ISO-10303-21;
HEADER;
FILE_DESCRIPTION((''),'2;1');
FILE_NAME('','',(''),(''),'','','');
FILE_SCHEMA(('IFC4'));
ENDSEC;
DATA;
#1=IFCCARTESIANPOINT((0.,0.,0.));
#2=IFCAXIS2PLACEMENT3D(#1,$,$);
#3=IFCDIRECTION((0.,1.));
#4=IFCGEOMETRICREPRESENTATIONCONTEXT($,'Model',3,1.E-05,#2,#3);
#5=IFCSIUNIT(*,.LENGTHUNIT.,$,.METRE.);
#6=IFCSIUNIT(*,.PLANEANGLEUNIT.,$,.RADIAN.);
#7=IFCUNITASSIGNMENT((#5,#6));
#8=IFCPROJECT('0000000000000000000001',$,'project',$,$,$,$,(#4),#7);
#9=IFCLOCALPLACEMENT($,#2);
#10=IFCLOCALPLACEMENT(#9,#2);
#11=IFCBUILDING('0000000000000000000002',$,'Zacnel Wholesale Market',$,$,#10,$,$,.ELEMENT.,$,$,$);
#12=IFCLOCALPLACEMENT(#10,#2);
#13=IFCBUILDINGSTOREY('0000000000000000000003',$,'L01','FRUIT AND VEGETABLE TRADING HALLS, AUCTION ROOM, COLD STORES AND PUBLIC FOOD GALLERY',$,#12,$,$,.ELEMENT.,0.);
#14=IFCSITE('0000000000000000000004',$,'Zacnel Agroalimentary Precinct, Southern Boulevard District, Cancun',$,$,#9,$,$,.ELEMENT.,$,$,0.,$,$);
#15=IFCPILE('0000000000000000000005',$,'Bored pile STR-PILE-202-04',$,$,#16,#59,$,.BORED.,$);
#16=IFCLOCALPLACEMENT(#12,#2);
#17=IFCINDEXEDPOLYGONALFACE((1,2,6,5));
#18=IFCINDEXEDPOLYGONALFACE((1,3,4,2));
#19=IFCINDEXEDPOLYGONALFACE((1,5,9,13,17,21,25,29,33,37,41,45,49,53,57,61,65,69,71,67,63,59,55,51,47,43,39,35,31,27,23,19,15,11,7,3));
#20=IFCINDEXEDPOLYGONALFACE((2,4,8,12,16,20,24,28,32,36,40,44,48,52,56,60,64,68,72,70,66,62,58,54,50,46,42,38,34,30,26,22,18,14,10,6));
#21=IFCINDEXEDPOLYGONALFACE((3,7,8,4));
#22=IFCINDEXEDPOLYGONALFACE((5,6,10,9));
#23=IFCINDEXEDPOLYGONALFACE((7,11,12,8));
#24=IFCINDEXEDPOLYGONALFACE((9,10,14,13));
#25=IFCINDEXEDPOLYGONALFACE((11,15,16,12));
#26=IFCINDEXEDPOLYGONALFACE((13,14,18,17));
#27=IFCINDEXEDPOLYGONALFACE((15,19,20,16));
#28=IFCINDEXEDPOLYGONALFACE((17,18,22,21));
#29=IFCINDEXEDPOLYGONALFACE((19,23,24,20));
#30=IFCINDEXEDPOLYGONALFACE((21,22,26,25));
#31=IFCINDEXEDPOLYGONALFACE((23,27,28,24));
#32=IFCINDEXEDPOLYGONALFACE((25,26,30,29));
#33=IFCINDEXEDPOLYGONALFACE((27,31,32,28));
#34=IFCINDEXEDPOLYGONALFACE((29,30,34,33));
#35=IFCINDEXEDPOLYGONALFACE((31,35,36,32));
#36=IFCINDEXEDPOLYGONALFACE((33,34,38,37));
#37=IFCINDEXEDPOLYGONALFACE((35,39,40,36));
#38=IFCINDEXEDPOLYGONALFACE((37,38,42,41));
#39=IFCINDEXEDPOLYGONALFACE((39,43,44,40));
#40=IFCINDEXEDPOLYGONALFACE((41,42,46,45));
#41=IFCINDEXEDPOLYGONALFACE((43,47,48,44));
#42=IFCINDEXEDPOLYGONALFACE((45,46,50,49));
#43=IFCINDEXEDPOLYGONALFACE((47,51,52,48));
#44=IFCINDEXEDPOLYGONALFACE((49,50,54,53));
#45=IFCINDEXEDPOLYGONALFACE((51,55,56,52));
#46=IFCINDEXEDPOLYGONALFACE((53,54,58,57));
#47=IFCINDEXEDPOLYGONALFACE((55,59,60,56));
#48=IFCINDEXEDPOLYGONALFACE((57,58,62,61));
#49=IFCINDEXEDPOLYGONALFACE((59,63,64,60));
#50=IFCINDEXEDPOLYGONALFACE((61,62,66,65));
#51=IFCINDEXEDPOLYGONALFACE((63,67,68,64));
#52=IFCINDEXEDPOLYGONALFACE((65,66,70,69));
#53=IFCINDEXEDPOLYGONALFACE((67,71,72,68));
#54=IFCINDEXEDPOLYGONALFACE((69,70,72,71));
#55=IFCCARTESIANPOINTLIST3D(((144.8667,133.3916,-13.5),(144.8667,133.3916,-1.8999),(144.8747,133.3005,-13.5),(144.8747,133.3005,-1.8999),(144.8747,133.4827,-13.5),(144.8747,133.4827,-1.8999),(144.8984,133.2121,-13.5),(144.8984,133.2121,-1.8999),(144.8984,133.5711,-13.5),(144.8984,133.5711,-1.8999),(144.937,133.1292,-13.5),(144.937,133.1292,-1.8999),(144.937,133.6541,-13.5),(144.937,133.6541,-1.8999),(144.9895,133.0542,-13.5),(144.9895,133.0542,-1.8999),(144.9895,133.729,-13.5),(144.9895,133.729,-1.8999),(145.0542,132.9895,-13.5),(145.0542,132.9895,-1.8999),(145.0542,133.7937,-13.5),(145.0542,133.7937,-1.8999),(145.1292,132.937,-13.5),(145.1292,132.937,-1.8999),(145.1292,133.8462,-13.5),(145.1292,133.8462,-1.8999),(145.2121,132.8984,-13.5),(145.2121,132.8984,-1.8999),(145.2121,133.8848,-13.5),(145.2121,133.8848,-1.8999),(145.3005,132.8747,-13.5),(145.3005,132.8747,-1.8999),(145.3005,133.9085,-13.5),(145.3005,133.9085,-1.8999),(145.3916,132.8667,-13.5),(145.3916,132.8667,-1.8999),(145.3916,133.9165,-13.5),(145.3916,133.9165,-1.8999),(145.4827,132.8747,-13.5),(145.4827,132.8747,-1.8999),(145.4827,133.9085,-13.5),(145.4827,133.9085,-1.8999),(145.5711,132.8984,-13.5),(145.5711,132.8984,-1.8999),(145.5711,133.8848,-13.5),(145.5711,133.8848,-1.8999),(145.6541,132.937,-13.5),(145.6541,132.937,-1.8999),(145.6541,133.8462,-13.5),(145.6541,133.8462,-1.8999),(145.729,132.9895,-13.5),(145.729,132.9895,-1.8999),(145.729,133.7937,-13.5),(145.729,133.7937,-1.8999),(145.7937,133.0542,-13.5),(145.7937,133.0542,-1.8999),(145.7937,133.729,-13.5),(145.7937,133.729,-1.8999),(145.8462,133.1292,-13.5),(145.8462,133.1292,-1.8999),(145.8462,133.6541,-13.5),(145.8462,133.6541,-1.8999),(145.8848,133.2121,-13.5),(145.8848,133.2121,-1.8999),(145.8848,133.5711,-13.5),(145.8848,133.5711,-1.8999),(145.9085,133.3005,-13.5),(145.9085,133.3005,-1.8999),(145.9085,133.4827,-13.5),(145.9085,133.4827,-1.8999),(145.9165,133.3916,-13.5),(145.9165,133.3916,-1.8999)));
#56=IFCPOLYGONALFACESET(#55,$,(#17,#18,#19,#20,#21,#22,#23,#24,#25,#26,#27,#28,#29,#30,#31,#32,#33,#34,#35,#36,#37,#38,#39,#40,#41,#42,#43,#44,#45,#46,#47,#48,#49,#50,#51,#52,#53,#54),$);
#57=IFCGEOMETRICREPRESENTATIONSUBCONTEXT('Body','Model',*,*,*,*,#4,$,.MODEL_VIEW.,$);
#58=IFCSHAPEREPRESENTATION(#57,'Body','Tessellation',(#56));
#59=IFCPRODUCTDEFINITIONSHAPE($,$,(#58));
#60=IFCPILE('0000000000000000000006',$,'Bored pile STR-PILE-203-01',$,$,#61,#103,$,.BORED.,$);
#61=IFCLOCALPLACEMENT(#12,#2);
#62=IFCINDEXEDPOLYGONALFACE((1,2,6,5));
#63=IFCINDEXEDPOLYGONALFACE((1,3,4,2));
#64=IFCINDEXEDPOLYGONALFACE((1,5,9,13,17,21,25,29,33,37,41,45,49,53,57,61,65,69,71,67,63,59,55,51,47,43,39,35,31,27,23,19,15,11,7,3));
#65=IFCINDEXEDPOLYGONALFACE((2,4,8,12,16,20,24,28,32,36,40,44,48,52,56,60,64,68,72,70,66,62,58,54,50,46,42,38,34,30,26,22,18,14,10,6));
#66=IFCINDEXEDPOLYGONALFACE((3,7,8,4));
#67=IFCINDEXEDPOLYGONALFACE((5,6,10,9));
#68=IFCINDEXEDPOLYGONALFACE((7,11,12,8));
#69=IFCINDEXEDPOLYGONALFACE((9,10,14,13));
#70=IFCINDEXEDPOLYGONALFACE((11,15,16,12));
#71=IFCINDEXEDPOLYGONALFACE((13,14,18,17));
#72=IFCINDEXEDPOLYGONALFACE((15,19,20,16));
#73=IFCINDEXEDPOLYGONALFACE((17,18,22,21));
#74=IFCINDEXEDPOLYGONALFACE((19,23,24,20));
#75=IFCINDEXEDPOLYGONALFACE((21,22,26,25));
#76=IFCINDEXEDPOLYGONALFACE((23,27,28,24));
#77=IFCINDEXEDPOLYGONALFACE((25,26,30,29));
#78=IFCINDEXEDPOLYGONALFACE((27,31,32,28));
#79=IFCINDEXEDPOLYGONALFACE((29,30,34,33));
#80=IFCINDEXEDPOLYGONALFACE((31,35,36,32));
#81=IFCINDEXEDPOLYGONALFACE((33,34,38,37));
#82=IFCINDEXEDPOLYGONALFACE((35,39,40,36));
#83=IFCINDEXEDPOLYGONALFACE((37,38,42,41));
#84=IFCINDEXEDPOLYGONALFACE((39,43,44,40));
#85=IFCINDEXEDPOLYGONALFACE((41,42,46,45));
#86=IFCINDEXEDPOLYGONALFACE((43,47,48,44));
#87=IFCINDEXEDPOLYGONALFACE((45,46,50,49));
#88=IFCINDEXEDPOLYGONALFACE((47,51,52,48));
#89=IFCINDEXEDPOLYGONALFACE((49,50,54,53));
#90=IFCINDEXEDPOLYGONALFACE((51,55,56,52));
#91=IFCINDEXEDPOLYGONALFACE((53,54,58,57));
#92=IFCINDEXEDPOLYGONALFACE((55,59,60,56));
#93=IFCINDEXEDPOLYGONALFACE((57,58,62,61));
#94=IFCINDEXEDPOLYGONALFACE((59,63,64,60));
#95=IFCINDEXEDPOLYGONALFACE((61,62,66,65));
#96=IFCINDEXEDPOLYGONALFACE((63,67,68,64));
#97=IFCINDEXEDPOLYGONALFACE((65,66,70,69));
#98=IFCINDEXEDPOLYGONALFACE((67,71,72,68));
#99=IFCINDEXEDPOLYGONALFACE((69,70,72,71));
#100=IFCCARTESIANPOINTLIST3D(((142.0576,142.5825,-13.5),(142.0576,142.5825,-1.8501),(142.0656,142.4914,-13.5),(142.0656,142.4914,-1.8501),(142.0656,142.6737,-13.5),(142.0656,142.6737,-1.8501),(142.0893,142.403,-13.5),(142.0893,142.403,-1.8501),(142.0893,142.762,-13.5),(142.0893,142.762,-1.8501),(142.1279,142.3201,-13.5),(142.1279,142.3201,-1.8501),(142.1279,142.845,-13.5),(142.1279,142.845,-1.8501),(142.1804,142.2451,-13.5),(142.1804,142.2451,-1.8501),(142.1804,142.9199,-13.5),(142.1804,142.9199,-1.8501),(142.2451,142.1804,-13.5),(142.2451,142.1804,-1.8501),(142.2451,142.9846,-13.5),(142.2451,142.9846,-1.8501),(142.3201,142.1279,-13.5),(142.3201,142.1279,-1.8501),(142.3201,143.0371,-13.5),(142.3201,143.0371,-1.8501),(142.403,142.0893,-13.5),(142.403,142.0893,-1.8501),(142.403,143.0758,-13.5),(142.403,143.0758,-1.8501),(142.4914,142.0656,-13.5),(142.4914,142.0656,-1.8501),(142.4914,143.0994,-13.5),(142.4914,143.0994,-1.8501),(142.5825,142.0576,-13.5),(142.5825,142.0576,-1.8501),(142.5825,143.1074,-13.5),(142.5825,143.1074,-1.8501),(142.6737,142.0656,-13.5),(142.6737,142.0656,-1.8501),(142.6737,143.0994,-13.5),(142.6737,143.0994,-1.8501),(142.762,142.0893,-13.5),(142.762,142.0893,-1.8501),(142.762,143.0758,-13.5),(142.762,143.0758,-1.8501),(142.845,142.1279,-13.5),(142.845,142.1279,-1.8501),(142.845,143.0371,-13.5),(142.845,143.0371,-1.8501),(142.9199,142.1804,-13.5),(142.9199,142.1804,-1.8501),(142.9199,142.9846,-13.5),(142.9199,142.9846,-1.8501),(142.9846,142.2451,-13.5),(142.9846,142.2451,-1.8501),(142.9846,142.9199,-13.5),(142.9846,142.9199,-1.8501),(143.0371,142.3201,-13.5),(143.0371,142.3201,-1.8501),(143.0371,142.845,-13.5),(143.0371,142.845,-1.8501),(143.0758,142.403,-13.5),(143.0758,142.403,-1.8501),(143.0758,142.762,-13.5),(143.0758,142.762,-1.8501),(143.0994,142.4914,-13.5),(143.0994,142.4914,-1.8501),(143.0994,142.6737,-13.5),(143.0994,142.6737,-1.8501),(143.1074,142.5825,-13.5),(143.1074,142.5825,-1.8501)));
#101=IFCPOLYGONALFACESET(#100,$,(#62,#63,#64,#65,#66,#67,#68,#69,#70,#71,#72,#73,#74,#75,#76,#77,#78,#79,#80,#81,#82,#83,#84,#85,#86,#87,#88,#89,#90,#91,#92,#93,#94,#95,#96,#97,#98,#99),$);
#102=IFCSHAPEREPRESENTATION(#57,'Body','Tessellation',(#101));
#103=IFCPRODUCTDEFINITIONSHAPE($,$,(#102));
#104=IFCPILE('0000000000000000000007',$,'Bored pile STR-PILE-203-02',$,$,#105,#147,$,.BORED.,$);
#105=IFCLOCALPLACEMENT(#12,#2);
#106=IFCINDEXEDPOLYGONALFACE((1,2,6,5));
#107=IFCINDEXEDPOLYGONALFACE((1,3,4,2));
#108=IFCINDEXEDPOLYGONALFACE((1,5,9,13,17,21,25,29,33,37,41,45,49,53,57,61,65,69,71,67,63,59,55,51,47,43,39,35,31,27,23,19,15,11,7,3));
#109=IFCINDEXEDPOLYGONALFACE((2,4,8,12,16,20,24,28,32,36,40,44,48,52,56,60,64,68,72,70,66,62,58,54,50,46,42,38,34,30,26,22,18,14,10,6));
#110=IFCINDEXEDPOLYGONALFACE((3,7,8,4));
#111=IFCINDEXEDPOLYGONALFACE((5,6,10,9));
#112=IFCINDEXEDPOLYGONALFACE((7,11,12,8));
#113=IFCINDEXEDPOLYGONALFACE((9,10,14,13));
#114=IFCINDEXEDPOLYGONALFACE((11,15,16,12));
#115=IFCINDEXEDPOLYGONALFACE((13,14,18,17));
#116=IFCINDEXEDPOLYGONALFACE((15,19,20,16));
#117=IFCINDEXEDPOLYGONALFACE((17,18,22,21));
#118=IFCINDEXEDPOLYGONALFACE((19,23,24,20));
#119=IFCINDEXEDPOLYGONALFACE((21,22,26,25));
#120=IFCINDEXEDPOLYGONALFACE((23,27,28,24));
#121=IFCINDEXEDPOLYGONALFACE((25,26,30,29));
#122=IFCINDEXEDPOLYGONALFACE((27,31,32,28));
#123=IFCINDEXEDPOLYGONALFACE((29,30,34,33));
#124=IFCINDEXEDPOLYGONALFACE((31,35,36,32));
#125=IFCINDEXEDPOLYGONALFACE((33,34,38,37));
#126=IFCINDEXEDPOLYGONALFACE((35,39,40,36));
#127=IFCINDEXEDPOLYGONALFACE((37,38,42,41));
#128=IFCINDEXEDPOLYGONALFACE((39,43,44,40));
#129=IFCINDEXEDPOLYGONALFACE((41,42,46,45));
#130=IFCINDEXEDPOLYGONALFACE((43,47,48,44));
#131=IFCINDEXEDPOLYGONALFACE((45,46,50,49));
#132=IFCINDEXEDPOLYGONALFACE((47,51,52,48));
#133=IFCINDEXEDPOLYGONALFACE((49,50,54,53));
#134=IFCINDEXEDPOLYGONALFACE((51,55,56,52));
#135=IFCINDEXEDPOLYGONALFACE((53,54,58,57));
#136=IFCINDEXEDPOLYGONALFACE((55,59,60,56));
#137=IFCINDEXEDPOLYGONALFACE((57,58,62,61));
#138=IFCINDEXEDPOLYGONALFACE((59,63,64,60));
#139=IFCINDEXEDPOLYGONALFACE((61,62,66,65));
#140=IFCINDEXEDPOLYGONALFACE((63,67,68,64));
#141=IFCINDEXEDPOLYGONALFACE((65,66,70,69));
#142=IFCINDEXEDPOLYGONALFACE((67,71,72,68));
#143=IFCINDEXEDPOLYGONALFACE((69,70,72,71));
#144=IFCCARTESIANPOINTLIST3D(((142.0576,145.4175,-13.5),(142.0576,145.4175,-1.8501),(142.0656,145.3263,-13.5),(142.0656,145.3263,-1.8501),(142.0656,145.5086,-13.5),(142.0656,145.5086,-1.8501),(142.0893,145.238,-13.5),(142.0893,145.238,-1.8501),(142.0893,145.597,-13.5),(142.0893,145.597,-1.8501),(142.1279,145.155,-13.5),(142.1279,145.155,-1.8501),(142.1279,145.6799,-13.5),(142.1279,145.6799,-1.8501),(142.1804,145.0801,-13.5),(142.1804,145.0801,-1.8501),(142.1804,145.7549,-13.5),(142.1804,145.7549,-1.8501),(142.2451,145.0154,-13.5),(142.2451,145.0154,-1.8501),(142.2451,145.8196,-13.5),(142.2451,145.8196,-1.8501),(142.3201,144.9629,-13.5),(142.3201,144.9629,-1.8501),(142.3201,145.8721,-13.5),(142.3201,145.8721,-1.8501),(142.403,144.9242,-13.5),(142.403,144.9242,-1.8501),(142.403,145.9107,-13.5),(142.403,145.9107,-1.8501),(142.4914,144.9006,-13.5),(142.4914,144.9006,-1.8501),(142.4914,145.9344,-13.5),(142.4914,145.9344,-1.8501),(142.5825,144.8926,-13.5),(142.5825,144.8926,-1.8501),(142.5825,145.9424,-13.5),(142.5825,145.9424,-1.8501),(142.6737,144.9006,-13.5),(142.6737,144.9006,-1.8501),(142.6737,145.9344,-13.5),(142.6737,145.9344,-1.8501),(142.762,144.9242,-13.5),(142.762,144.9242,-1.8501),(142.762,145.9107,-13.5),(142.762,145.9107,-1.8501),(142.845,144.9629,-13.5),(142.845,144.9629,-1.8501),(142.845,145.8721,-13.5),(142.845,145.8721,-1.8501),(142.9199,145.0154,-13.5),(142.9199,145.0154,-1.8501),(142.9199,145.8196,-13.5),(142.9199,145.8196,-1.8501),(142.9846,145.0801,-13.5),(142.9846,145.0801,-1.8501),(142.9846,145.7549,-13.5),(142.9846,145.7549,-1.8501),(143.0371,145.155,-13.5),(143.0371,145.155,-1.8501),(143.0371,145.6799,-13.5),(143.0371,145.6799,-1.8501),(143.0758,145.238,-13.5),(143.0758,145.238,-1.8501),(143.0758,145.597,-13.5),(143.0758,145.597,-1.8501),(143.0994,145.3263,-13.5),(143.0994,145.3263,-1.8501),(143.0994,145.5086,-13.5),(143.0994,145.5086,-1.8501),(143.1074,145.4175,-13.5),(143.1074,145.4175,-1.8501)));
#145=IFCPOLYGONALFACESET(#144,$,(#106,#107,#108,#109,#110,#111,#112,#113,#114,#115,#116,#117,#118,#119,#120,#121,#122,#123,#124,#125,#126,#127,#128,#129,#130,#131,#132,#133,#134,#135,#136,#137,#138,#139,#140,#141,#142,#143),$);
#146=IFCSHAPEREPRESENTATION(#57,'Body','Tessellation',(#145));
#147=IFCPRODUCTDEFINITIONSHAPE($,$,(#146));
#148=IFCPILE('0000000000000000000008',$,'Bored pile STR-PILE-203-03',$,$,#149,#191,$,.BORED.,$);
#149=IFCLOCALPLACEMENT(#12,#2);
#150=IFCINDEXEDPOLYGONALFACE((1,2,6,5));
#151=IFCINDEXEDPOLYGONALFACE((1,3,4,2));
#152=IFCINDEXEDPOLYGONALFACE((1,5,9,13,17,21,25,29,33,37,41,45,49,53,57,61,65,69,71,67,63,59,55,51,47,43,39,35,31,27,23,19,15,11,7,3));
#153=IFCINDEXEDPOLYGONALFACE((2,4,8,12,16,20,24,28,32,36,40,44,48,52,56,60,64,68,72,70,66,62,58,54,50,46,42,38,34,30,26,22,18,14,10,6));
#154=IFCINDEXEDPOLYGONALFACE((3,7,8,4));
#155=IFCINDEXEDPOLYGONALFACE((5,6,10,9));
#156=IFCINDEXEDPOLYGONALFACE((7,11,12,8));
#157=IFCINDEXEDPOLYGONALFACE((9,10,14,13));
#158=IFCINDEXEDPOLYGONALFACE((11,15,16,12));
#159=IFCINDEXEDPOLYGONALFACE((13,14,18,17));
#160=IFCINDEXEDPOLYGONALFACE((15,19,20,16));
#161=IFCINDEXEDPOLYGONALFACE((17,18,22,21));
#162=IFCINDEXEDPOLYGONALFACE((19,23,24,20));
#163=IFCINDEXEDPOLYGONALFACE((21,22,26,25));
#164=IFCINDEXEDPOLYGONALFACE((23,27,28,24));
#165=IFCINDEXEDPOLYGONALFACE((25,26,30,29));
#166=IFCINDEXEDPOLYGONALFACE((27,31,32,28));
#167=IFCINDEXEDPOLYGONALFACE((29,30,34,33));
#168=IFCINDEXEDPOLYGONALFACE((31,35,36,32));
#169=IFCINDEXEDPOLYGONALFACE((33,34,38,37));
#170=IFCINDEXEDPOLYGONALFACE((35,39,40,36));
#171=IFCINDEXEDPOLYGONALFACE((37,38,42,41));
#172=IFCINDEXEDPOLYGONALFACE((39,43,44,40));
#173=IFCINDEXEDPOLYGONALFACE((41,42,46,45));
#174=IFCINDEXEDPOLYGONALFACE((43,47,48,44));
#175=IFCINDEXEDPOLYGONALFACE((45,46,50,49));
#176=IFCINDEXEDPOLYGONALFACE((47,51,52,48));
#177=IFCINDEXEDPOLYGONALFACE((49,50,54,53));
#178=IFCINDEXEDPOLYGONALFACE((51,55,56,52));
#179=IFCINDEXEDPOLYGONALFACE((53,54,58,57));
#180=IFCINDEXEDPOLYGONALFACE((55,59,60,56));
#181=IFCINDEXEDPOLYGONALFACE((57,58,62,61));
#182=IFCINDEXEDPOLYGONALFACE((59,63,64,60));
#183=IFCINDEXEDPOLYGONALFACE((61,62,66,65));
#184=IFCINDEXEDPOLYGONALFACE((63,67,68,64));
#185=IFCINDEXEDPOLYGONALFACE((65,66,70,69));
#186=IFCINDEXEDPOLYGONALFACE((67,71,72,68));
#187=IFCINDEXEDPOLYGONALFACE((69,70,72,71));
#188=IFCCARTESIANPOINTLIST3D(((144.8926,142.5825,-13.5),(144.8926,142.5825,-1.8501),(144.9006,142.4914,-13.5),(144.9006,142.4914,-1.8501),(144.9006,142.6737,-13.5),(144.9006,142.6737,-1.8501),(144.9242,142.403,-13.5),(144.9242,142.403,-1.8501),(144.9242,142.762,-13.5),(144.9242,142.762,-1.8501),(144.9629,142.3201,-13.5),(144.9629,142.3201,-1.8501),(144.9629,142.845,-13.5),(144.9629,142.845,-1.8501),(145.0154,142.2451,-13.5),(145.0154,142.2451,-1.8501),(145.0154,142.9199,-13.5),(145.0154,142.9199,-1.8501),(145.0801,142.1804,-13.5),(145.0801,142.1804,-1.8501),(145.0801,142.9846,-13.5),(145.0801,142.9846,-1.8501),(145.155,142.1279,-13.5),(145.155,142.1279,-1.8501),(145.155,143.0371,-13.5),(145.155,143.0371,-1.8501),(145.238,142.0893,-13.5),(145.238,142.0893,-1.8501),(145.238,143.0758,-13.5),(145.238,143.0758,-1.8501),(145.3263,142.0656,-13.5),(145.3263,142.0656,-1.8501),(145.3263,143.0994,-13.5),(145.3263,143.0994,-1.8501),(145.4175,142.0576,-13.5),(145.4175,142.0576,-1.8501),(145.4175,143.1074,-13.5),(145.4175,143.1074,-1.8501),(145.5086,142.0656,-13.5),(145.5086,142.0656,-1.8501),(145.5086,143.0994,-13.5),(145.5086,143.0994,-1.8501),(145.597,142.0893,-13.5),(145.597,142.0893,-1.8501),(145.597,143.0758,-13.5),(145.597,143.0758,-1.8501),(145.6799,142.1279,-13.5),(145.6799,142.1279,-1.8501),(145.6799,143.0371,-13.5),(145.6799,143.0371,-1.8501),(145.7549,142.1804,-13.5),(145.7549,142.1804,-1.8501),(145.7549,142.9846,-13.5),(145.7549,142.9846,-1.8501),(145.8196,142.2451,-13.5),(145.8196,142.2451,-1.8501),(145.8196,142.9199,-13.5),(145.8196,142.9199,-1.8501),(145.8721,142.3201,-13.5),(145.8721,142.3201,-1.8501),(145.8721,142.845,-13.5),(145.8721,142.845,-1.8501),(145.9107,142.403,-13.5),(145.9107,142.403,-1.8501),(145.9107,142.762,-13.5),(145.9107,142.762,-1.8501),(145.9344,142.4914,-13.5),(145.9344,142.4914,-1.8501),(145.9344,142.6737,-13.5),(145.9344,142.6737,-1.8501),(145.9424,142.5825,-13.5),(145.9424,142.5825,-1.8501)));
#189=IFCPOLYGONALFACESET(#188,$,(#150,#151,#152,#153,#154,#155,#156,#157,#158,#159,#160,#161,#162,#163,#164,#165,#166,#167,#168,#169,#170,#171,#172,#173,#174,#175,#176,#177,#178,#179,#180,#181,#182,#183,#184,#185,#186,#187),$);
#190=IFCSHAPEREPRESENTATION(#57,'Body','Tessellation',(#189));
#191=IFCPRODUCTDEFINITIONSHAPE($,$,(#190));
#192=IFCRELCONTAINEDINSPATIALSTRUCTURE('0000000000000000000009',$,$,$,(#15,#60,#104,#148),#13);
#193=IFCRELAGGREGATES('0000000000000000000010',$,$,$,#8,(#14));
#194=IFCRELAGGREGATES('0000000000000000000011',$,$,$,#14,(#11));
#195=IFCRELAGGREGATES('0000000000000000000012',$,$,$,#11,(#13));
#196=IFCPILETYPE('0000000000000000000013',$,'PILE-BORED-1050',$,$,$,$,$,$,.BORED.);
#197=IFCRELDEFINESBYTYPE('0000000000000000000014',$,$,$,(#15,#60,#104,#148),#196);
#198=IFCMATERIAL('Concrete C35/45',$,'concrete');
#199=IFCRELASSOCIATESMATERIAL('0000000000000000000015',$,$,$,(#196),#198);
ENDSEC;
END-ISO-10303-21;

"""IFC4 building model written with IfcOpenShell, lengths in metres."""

from ifc_helpers import new_model, si_unit, direction, frame, origin, origin_2d, place, context, subcontext, project, spatial, circle, extrude, material, material_profile, profile_set, type_object, element, save


model = new_model("IFC4")

# Units and contexts
model_context = context("Model", 3, precision=1e-05, world=origin(), true_north=direction((0.0, 1.0)))
body_context = subcontext(model_context, "Body", "Model", "MODEL_VIEW")
ifc_project = project(units=[si_unit("LENGTHUNIT", "METRE"), si_unit("PLANEANGLEUNIT", "RADIAN")], contexts=[model_context])

# Site, building, storey
site_placement = place(None, origin())
site = spatial("IfcSite", under=ifc_project, at=site_placement, Name="Zacnel Agroalimentary Precinct, Southern Boulevard District, Cancun", CompositionType="ELEMENT", RefElevation=0.0)
building_placement = place(site_placement, origin())
building = spatial("IfcBuilding", under=site, at=building_placement, Name="Zacnel Wholesale Market", CompositionType="ELEMENT")
storey_placement = place(building_placement, origin())
storey = spatial("IfcBuildingStorey", under=building, at=storey_placement, Name="L01", Description="FRUIT AND VEGETABLE TRADING HALLS, AUCTION ROOM, COLD STORES AND PUBLIC FOOD GALLERY", CompositionType="ELEMENT", Elevation=0.0)

# Piles
ifc_material_1 = material(Name="Concrete C35/45", Category="concrete")
ifc_material_profile_1 = material_profile(ifc_material_1, circle(Radius=0.5249, at=origin_2d()), Name="BORED PILE D1050")
ifc_profile_set_1 = profile_set([ifc_material_profile_1], Name="Concrete C35/45")
pile_type = type_object("IfcPileType", Name="PILE-BORED-1050", PredefinedType="BORED", material=ifc_profile_set_1)
for number, where, z_axis, x_axis, name in (
    (1, (145.3916, 133.3916, -1.8999), (0.0, 0.0, -1.0), (1.0, 0.0, 0.0), "Bored pile STR-PILE-202-04"),
):
    element("IfcPile", number, at=place(storey_placement, frame(where, z_axis=z_axis, x_axis=x_axis)), inside=storey, type_object=pile_type, Name=name, PredefinedType="BORED", context=body_context, shape_type="SweptSolid", body=[
        extrude(circle(Radius=0.5249, at=origin_2d()), origin(), (0.0, 0.0, 1.0), 11.6001),
    ])
for number, where, z_axis, x_axis, name in (
    (2, (142.5825, 142.5825, -1.8501), (0.0, 0.0, -1.0), (1.0, 0.0, 0.0), "Bored pile STR-PILE-203-01"),
    (3, (142.5825, 145.4175, -1.8501), (0.0, 0.0, -1.0), (1.0, 0.0, 0.0), "Bored pile STR-PILE-203-02"),
    (4, (145.4175, 142.5825, -1.8501), (0.0, 0.0, -1.0), (1.0, 0.0, 0.0), "Bored pile STR-PILE-203-03"),
):
    element("IfcPile", number, at=place(storey_placement, frame(where, z_axis=z_axis, x_axis=x_axis)), inside=storey, type_object=pile_type, Name=name, PredefinedType="BORED", context=body_context, shape_type="SweptSolid", body=[
        extrude(circle(Radius=0.5249, at=origin_2d()), origin(), (0.0, 0.0, 1.0), 11.6499),
    ])

save(model, "model.ifc")
